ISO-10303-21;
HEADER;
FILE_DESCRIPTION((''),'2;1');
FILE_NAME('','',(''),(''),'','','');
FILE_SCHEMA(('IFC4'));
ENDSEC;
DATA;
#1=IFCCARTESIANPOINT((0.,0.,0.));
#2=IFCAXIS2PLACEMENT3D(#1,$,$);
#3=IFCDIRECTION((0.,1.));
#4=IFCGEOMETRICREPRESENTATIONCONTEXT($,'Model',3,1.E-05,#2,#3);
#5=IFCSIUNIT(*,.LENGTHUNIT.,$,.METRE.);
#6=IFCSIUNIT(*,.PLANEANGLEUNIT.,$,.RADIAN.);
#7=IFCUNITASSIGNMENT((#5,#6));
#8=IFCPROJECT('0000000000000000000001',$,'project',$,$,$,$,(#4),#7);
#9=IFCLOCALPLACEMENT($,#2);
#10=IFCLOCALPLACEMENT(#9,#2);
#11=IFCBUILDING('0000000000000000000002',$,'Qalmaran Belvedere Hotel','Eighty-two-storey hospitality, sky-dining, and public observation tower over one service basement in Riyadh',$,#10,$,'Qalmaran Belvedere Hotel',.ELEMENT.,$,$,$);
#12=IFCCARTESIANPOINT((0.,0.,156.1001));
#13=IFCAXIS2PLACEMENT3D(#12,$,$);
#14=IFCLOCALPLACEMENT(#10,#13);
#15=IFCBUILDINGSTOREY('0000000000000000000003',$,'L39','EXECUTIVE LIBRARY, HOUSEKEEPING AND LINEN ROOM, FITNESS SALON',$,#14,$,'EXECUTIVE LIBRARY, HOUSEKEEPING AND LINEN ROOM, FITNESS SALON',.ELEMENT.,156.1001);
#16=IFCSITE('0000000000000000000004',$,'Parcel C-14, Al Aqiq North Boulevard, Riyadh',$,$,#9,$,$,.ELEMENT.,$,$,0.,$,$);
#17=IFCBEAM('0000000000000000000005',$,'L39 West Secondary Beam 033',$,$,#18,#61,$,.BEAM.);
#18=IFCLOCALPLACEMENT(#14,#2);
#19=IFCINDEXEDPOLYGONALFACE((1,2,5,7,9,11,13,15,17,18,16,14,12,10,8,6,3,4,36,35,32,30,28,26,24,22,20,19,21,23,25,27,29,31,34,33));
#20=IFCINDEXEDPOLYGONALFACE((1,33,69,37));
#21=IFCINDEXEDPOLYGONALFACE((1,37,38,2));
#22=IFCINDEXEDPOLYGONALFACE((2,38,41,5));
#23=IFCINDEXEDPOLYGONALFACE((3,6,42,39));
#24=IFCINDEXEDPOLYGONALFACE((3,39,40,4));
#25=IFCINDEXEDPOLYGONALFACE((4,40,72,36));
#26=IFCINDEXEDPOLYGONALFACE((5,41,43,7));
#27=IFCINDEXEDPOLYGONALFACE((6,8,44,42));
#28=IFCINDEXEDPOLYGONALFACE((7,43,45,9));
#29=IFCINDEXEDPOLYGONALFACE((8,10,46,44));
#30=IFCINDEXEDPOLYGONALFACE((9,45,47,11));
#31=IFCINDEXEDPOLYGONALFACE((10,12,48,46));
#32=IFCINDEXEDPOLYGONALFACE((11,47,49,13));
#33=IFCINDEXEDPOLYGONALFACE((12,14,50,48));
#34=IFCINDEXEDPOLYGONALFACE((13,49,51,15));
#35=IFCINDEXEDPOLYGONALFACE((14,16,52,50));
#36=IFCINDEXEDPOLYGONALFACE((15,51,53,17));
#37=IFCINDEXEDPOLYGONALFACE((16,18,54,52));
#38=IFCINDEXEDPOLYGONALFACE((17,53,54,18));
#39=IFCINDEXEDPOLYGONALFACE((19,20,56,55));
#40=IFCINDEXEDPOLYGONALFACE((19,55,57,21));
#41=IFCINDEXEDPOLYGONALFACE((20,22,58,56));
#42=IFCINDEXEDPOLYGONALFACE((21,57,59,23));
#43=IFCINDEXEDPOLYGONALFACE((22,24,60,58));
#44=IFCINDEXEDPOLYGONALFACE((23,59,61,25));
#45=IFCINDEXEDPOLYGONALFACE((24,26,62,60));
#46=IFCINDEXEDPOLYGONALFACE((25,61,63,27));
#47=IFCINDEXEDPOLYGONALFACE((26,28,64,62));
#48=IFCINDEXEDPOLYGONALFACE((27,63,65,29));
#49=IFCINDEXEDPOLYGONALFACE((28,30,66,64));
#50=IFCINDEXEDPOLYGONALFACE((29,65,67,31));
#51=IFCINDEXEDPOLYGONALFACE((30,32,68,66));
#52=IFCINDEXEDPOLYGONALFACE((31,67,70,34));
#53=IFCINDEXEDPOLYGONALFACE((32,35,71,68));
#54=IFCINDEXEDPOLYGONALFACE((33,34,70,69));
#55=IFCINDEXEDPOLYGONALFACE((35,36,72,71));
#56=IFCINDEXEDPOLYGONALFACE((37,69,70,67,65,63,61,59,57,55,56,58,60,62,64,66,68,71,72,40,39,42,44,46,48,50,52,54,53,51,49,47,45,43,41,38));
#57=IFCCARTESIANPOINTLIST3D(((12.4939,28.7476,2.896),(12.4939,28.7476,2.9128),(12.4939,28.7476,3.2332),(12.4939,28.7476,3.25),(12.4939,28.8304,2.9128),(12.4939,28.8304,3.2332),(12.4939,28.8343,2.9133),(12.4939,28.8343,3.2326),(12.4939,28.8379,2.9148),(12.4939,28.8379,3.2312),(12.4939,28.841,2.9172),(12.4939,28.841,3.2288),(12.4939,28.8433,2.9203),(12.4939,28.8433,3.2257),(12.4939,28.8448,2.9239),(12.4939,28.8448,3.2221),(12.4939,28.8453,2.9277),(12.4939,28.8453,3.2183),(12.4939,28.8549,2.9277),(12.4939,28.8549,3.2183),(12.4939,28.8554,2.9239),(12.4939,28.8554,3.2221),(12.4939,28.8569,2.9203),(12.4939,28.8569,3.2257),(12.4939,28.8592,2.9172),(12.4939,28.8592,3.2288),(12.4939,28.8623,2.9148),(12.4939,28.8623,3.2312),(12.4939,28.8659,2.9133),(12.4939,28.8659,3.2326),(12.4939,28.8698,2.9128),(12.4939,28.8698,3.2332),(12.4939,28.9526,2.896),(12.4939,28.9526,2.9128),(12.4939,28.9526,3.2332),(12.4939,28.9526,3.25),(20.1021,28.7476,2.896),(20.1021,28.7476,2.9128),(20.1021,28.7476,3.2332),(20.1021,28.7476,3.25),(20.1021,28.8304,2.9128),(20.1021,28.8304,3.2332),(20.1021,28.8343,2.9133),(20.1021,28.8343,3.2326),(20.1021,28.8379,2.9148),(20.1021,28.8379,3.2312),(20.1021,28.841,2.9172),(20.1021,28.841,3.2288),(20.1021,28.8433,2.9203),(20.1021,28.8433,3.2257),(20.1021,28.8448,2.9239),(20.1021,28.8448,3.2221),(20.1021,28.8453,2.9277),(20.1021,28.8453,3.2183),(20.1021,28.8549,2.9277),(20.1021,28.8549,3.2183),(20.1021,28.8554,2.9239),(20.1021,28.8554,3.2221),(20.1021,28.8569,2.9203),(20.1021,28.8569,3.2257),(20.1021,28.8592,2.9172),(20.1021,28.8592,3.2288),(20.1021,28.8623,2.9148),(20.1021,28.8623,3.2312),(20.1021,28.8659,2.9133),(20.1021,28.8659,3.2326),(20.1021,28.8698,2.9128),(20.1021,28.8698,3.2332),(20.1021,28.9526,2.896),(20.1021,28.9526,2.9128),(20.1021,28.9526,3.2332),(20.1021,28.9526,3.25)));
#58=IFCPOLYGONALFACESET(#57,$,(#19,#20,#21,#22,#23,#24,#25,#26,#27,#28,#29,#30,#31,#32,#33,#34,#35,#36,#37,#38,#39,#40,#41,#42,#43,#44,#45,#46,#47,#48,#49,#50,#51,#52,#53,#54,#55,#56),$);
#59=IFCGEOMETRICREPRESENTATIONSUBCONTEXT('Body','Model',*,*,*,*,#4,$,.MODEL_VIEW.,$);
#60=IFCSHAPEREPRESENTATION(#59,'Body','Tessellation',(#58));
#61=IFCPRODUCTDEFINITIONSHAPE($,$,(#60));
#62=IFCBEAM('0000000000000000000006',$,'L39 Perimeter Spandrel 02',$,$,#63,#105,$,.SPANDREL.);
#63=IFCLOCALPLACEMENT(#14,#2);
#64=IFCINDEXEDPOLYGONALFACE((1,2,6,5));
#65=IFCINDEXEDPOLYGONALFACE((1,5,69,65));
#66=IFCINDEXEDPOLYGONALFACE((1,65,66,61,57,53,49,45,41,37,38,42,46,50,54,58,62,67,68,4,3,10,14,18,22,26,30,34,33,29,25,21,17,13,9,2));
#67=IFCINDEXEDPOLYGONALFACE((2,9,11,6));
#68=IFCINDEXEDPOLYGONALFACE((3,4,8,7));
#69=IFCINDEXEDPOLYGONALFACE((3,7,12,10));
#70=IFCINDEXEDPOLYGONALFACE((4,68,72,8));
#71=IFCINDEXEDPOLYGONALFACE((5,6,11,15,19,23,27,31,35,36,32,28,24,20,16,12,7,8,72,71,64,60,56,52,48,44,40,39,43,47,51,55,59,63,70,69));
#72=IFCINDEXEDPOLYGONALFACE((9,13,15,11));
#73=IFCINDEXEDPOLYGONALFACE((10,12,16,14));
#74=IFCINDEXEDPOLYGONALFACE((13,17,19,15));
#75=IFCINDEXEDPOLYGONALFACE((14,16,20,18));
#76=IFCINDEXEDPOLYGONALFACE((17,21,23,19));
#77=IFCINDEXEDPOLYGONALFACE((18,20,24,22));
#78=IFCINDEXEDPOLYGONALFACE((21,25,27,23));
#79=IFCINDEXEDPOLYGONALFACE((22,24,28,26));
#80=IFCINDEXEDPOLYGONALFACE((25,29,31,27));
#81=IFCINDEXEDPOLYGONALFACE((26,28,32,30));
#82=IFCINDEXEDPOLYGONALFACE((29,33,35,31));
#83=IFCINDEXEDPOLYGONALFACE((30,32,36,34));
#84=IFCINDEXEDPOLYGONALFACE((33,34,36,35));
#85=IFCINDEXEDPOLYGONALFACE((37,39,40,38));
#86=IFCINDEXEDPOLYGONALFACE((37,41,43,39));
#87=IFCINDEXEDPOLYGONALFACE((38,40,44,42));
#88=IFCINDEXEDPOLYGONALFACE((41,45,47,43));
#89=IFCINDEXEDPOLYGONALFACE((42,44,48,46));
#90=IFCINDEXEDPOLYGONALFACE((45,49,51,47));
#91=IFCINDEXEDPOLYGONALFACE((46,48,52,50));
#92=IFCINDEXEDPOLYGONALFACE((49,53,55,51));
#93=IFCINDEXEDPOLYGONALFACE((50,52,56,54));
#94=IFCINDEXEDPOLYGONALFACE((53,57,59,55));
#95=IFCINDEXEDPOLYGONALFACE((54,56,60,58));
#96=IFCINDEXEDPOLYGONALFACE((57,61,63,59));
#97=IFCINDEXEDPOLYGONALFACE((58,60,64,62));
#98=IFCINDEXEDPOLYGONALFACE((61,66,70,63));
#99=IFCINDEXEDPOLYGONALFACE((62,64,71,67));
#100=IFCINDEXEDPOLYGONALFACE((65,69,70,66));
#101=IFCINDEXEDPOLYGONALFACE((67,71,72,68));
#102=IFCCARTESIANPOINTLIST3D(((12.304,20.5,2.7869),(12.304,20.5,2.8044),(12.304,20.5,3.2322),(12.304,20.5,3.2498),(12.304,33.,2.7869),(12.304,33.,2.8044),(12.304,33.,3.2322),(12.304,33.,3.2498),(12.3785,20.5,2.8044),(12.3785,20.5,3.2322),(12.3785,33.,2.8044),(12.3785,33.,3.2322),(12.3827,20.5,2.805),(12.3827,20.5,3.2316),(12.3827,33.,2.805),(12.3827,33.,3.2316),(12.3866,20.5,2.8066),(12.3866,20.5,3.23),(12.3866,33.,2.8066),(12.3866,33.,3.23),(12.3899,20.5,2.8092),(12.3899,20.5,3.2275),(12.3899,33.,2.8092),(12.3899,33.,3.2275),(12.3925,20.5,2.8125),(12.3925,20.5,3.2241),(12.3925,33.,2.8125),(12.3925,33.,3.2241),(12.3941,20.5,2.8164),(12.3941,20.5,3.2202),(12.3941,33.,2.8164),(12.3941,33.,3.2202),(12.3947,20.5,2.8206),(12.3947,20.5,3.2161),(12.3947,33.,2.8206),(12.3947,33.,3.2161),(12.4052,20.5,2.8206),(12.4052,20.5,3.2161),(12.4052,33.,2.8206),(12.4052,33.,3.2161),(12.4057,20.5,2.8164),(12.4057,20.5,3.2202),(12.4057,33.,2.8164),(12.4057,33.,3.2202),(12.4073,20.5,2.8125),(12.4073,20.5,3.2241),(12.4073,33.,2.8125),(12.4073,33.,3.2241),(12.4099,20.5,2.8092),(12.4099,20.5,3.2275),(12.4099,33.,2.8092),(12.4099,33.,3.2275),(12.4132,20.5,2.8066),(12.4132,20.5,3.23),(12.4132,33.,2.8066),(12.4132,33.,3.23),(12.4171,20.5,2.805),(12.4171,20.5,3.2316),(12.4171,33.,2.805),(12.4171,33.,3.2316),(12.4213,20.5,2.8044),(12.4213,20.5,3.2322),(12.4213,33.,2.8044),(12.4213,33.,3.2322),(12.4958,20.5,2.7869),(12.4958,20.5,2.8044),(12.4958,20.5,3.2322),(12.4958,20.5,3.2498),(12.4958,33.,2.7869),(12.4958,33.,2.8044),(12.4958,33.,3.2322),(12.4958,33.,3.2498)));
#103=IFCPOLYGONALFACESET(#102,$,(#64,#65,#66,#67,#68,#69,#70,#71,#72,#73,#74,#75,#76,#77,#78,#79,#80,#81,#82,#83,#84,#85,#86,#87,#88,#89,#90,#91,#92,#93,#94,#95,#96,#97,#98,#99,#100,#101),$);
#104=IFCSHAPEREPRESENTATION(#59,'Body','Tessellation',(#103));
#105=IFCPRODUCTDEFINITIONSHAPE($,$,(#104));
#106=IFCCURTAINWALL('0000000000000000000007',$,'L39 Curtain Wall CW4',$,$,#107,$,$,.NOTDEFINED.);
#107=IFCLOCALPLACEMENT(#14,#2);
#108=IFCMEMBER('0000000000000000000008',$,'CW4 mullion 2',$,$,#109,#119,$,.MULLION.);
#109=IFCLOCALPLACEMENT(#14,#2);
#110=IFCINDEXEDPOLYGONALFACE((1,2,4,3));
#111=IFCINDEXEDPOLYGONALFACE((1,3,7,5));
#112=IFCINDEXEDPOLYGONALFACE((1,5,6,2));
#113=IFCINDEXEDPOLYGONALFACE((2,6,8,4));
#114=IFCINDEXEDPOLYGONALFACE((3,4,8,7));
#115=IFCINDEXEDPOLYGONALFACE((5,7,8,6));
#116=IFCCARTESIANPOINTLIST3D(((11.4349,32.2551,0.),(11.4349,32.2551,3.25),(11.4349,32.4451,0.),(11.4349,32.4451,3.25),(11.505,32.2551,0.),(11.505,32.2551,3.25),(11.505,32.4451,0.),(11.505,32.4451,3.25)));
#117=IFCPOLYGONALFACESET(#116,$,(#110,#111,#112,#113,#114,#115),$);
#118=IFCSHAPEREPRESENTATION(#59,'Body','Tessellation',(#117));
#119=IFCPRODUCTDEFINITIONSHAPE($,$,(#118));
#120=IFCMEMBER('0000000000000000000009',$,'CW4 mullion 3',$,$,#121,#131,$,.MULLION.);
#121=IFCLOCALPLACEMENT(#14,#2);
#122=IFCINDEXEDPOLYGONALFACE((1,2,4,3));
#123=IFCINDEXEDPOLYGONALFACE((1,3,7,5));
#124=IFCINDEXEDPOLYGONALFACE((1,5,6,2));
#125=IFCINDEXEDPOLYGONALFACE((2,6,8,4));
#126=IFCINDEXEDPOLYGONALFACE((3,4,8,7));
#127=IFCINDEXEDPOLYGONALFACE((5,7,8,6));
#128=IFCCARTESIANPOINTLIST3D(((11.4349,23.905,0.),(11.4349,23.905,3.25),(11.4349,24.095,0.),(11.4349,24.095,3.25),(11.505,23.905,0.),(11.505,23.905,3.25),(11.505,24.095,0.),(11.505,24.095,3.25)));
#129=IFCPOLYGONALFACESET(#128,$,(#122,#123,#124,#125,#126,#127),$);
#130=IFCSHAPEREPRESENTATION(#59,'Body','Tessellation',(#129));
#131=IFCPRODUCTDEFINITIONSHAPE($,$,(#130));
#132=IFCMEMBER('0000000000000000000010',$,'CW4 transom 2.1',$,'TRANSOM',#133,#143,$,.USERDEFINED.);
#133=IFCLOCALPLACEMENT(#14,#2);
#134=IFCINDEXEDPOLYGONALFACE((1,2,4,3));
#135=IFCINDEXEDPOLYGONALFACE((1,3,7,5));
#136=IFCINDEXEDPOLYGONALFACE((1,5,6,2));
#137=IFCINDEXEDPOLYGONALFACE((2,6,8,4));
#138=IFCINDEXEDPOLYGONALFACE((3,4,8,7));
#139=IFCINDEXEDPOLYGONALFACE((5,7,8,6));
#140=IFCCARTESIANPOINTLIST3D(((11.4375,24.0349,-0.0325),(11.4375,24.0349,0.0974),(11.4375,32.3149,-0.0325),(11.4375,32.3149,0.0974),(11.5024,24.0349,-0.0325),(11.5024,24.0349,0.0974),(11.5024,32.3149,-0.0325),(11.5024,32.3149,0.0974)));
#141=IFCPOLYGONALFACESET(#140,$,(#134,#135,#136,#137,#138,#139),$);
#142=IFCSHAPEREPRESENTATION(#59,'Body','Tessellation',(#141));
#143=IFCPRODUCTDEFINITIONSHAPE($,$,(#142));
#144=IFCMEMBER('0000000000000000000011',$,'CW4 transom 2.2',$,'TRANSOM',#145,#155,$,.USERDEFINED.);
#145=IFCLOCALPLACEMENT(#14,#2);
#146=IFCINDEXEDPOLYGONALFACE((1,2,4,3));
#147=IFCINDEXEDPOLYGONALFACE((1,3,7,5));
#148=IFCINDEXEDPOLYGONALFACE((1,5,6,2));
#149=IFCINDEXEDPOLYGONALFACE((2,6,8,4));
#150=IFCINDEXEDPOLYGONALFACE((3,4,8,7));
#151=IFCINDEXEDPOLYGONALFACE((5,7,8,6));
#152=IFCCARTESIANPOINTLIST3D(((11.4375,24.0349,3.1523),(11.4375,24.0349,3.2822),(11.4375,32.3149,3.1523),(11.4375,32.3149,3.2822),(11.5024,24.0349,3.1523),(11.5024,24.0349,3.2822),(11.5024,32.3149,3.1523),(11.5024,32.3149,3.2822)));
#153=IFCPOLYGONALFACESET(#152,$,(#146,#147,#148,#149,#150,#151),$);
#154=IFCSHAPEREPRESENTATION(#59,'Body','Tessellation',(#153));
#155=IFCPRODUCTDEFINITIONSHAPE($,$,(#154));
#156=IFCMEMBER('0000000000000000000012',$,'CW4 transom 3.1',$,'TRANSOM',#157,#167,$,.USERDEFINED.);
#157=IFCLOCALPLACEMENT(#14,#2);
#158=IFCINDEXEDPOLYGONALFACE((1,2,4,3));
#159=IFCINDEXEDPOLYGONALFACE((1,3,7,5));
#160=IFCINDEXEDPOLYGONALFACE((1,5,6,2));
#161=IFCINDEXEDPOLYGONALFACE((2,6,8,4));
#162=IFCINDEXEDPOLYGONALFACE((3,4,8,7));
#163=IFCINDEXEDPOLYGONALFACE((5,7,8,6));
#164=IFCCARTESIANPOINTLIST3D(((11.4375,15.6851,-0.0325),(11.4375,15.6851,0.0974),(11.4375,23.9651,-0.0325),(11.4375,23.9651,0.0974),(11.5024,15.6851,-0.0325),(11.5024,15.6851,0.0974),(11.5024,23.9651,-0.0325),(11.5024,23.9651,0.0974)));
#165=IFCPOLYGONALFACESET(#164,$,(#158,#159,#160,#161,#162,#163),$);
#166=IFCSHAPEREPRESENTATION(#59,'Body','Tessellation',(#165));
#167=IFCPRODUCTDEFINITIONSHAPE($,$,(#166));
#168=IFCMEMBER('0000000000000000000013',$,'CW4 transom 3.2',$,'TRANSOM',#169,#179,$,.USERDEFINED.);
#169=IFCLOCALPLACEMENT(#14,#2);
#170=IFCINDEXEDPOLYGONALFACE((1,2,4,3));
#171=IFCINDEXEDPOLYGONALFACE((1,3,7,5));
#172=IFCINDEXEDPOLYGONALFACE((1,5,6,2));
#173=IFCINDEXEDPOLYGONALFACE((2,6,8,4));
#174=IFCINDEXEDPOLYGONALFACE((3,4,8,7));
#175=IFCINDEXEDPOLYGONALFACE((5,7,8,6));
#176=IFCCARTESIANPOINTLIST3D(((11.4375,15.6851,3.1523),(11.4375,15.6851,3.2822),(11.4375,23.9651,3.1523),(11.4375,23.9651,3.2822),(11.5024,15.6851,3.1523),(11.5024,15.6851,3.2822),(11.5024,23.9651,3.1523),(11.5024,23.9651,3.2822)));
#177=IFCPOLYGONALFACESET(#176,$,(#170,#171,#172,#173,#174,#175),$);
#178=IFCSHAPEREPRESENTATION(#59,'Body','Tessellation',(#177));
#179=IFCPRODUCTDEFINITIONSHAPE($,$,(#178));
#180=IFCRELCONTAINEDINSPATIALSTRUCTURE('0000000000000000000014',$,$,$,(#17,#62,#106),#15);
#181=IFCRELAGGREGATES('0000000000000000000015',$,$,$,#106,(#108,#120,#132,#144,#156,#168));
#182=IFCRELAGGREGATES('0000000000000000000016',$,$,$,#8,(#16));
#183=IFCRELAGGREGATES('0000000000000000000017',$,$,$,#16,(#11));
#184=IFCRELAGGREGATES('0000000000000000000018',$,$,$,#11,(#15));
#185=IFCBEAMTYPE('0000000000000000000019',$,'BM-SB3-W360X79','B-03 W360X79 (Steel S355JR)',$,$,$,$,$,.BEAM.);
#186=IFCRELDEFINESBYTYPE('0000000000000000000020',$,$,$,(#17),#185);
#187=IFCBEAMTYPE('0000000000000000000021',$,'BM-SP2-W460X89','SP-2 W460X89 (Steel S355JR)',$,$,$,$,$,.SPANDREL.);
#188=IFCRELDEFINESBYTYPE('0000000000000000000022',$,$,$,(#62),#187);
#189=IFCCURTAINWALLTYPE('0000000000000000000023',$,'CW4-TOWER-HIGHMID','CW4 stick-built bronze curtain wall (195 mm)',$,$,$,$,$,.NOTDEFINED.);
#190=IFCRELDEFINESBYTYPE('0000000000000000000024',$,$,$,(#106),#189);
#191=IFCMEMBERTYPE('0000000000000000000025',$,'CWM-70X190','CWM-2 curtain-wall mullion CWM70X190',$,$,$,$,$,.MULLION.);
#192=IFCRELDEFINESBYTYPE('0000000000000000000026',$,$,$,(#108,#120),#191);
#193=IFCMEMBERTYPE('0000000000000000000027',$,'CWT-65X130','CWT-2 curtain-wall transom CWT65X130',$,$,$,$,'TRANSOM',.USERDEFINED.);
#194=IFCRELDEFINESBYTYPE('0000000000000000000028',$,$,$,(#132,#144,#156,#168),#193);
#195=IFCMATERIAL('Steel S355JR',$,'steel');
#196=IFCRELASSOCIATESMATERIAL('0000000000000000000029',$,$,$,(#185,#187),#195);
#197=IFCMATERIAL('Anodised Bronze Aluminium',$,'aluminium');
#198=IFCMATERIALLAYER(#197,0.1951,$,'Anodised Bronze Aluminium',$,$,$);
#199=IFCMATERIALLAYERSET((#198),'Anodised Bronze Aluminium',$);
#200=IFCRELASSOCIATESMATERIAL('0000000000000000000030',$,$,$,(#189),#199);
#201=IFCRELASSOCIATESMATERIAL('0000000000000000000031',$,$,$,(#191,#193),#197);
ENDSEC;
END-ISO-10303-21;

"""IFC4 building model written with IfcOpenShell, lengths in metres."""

from ifc_helpers import new_model, si_unit, direction, frame, origin, origin_2d, place, context, subcontext, project, spatial, rectangle, i_section, extrude, material, layer, layer_set, material_profile, profile_set, type_object, element, aggregate, save


model = new_model("IFC4")

# Units and contexts
model_context = context("Model", 3, precision=1e-05, world=origin(), true_north=direction((0.0, 1.0)))
body_context = subcontext(model_context, "Body", "Model", "MODEL_VIEW")
ifc_project = project(units=[si_unit("LENGTHUNIT", "METRE"), si_unit("PLANEANGLEUNIT", "RADIAN")], contexts=[model_context])

# Site, building, storey
site_placement = place(None, origin())
site = spatial("IfcSite", under=ifc_project, at=site_placement, Name="Parcel C-14, Al Aqiq North Boulevard, Riyadh", CompositionType="ELEMENT", RefElevation=0.0)
building_placement = place(site_placement, origin())
building = spatial("IfcBuilding", under=site, at=building_placement, Name="Qalmaran Belvedere Hotel", Description="Eighty-two-storey hospitality, sky-dining, and public observation tower over one service basement in Riyadh", LongName="Qalmaran Belvedere Hotel", CompositionType="ELEMENT")
storey_placement = place(building_placement, frame((0.0, 0.0, 156.1001)))
storey = spatial("IfcBuildingStorey", under=building, at=storey_placement, Name="L39", Description="EXECUTIVE LIBRARY, HOUSEKEEPING AND LINEN ROOM, FITNESS SALON", LongName="EXECUTIVE LIBRARY, HOUSEKEEPING AND LINEN ROOM, FITNESS SALON", CompositionType="ELEMENT", Elevation=156.1001)

# Beams
ifc_material_1 = material(Name="Steel S355JR", Category="steel")
ifc_material_profile_1 = material_profile(ifc_material_1, i_section(OverallWidth=0.2051, OverallDepth=0.354, WebThickness=0.0095, FlangeThickness=0.0168, FilletRadius=0.0149, at=origin_2d()), Name="W360X79")
ifc_profile_set_1 = profile_set([ifc_material_profile_1], Name="Steel S355JR")
beam_type_1 = type_object("IfcBeamType", Name="BM-SB3-W360X79", Description="B-03 W360X79 (Steel S355JR)", PredefinedType="BEAM", material=ifc_profile_set_1)
for number, where, z_axis, x_axis, name in (
    (1, (12.4939, 28.8501, 3.073), (1.0, 0.0, 0.0), (0.0, 1.0, 0.0), "L39 West Secondary Beam 033"),
):
    element("IfcBeam", number, at=place(storey_placement, frame(where, z_axis=z_axis, x_axis=x_axis)), inside=storey, type_object=beam_type_1, Name=name, PredefinedType="BEAM", context=body_context, shape_type="SweptSolid", body=[
        extrude(i_section(OverallWidth=0.2051, OverallDepth=0.354, WebThickness=0.0095, FlangeThickness=0.0168, FilletRadius=0.0149, at=origin_2d()), origin(), (0.0, 0.0, 1.0), 7.6082),
    ])
ifc_material_profile_2 = material_profile(ifc_material_1, i_section(OverallWidth=0.1919, OverallDepth=0.4629, WebThickness=0.0105, FlangeThickness=0.0176, FilletRadius=0.0161, at=origin_2d()), Name="W460X89")
ifc_profile_set_2 = profile_set([ifc_material_profile_2], Name="Steel S355JR")
beam_type_2 = type_object("IfcBeamType", Name="BM-SP2-W460X89", Description="SP-2 W460X89 (Steel S355JR)", PredefinedType="SPANDREL", material=ifc_profile_set_2)
beam_placement = place(storey_placement, frame((12.3999, 20.5, 3.0183), z_axis=(0.0, 1.0, 0.0), x_axis=(-1.0, 0.0, 0.0)))
element("IfcBeam", 2, at=beam_placement, inside=storey, type_object=beam_type_2, Name="L39 Perimeter Spandrel 02", PredefinedType="SPANDREL", context=body_context, shape_type="SweptSolid", body=[
    extrude(i_section(OverallWidth=0.1919, OverallDepth=0.4629, WebThickness=0.0105, FlangeThickness=0.0176, FilletRadius=0.0161, at=origin_2d()), origin(), (0.0, 0.0, 1.0), 12.5),
])

# Curtain wall, members
ifc_material_2 = material(Name="Anodised Bronze Aluminium", Category="aluminium")
ifc_layer_1 = layer(ifc_material_2, 0.1951, Name="Anodised Bronze Aluminium")
ifc_layer_set_1 = layer_set([ifc_layer_1], Name="Anodised Bronze Aluminium")
curtain_wall_type = type_object("IfcCurtainWallType", Name="CW4-TOWER-HIGHMID", Description="CW4 stick-built bronze curtain wall (195 mm)", PredefinedType="NOTDEFINED", material=ifc_layer_set_1)
curtain_wall_placement = place(storey_placement, origin())
curtain_wall = element("IfcCurtainWall", 3, at=curtain_wall_placement, inside=storey, type_object=curtain_wall_type, Name="L39 Curtain Wall CW4", PredefinedType="NOTDEFINED")
ifc_material_profile_3 = material_profile(ifc_material_2, rectangle(XDim=0.0701, YDim=0.1899, at=origin_2d()), Name="CWM70X190")
ifc_profile_set_3 = profile_set([ifc_material_profile_3], Name="Anodised Bronze Aluminium")
member_type_1 = type_object("IfcMemberType", Name="CWM-70X190", Description="CWM-2 curtain-wall mullion CWM70X190", PredefinedType="MULLION", material=ifc_profile_set_3)
member_1_placement = place(storey_placement, frame((11.47, 32.3501, 0.0), z_axis=(0.0, 0.0, 1.0), x_axis=(1.0, 0.0, 0.0)))
member_1 = element("IfcMember", 4, at=member_1_placement, type_object=member_type_1, Name="CW4 mullion 2", PredefinedType="MULLION", context=body_context, shape_type="SweptSolid", body=[
    extrude(rectangle(XDim=0.0701, YDim=0.1899, at=origin_2d()), origin(), (0.0, 0.0, 1.0), 3.25),
])
member_2_placement = place(storey_placement, frame((11.47, 24.0, 0.0), z_axis=(0.0, 0.0, 1.0), x_axis=(1.0, 0.0, 0.0)))
member_2 = element("IfcMember", 5, at=member_2_placement, type_object=member_type_1, Name="CW4 mullion 3", PredefinedType="MULLION", context=body_context, shape_type="SweptSolid", body=[
    extrude(rectangle(XDim=0.0701, YDim=0.1899, at=origin_2d()), origin(), (0.0, 0.0, 1.0), 3.25),
])
ifc_material_profile_4 = material_profile(ifc_material_2, rectangle(XDim=0.0649, YDim=0.1299, at=origin_2d()), Name="CWT65X130")
ifc_profile_set_4 = profile_set([ifc_material_profile_4], Name="Anodised Bronze Aluminium")
member_type_2 = type_object("IfcMemberType", Name="CWT-65X130", Description="CWT-2 curtain-wall transom CWT65X130", ElementType="TRANSOM", PredefinedType="USERDEFINED", material=ifc_profile_set_4)
member_3_placement = place(storey_placement, frame((11.47, 32.3149, 0.0325), z_axis=(0.0, -1.0, 0.0), x_axis=(1.0, 0.0, 0.0)))
member_3 = element("IfcMember", 6, at=member_3_placement, type_object=member_type_2, Name="CW4 transom 2.1", ObjectType="TRANSOM", PredefinedType="USERDEFINED", context=body_context, shape_type="SweptSolid", body=[
    extrude(rectangle(XDim=0.0649, YDim=0.1299, at=origin_2d()), origin(), (0.0, 0.0, 1.0), 8.28),
])
member_4_placement = place(storey_placement, frame((11.47, 32.3149, 3.2173), z_axis=(0.0, -1.0, 0.0), x_axis=(1.0, 0.0, 0.0)))
member_4 = element("IfcMember", 7, at=member_4_placement, type_object=member_type_2, Name="CW4 transom 2.2", ObjectType="TRANSOM", PredefinedType="USERDEFINED", context=body_context, shape_type="SweptSolid", body=[
    extrude(rectangle(XDim=0.0649, YDim=0.1299, at=origin_2d()), origin(), (0.0, 0.0, 1.0), 8.28),
])
member_5_placement = place(storey_placement, frame((11.47, 23.9651, 0.0325), z_axis=(0.0, -1.0, 0.0), x_axis=(1.0, 0.0, 0.0)))
member_5 = element("IfcMember", 8, at=member_5_placement, type_object=member_type_2, Name="CW4 transom 3.1", ObjectType="TRANSOM", PredefinedType="USERDEFINED", context=body_context, shape_type="SweptSolid", body=[
    extrude(rectangle(XDim=0.0649, YDim=0.1299, at=origin_2d()), origin(), (0.0, 0.0, 1.0), 8.28),
])
member_6_placement = place(storey_placement, frame((11.47, 23.9651, 3.2173), z_axis=(0.0, -1.0, 0.0), x_axis=(1.0, 0.0, 0.0)))
member_6 = element("IfcMember", 9, at=member_6_placement, type_object=member_type_2, Name="CW4 transom 3.2", ObjectType="TRANSOM", PredefinedType="USERDEFINED", context=body_context, shape_type="SweptSolid", body=[
    extrude(rectangle(XDim=0.0649, YDim=0.1299, at=origin_2d()), origin(), (0.0, 0.0, 1.0), 8.28),
])
aggregate(curtain_wall, [member_1, member_2, member_3, member_4, member_5, member_6])

save(model, "model.ifc")
